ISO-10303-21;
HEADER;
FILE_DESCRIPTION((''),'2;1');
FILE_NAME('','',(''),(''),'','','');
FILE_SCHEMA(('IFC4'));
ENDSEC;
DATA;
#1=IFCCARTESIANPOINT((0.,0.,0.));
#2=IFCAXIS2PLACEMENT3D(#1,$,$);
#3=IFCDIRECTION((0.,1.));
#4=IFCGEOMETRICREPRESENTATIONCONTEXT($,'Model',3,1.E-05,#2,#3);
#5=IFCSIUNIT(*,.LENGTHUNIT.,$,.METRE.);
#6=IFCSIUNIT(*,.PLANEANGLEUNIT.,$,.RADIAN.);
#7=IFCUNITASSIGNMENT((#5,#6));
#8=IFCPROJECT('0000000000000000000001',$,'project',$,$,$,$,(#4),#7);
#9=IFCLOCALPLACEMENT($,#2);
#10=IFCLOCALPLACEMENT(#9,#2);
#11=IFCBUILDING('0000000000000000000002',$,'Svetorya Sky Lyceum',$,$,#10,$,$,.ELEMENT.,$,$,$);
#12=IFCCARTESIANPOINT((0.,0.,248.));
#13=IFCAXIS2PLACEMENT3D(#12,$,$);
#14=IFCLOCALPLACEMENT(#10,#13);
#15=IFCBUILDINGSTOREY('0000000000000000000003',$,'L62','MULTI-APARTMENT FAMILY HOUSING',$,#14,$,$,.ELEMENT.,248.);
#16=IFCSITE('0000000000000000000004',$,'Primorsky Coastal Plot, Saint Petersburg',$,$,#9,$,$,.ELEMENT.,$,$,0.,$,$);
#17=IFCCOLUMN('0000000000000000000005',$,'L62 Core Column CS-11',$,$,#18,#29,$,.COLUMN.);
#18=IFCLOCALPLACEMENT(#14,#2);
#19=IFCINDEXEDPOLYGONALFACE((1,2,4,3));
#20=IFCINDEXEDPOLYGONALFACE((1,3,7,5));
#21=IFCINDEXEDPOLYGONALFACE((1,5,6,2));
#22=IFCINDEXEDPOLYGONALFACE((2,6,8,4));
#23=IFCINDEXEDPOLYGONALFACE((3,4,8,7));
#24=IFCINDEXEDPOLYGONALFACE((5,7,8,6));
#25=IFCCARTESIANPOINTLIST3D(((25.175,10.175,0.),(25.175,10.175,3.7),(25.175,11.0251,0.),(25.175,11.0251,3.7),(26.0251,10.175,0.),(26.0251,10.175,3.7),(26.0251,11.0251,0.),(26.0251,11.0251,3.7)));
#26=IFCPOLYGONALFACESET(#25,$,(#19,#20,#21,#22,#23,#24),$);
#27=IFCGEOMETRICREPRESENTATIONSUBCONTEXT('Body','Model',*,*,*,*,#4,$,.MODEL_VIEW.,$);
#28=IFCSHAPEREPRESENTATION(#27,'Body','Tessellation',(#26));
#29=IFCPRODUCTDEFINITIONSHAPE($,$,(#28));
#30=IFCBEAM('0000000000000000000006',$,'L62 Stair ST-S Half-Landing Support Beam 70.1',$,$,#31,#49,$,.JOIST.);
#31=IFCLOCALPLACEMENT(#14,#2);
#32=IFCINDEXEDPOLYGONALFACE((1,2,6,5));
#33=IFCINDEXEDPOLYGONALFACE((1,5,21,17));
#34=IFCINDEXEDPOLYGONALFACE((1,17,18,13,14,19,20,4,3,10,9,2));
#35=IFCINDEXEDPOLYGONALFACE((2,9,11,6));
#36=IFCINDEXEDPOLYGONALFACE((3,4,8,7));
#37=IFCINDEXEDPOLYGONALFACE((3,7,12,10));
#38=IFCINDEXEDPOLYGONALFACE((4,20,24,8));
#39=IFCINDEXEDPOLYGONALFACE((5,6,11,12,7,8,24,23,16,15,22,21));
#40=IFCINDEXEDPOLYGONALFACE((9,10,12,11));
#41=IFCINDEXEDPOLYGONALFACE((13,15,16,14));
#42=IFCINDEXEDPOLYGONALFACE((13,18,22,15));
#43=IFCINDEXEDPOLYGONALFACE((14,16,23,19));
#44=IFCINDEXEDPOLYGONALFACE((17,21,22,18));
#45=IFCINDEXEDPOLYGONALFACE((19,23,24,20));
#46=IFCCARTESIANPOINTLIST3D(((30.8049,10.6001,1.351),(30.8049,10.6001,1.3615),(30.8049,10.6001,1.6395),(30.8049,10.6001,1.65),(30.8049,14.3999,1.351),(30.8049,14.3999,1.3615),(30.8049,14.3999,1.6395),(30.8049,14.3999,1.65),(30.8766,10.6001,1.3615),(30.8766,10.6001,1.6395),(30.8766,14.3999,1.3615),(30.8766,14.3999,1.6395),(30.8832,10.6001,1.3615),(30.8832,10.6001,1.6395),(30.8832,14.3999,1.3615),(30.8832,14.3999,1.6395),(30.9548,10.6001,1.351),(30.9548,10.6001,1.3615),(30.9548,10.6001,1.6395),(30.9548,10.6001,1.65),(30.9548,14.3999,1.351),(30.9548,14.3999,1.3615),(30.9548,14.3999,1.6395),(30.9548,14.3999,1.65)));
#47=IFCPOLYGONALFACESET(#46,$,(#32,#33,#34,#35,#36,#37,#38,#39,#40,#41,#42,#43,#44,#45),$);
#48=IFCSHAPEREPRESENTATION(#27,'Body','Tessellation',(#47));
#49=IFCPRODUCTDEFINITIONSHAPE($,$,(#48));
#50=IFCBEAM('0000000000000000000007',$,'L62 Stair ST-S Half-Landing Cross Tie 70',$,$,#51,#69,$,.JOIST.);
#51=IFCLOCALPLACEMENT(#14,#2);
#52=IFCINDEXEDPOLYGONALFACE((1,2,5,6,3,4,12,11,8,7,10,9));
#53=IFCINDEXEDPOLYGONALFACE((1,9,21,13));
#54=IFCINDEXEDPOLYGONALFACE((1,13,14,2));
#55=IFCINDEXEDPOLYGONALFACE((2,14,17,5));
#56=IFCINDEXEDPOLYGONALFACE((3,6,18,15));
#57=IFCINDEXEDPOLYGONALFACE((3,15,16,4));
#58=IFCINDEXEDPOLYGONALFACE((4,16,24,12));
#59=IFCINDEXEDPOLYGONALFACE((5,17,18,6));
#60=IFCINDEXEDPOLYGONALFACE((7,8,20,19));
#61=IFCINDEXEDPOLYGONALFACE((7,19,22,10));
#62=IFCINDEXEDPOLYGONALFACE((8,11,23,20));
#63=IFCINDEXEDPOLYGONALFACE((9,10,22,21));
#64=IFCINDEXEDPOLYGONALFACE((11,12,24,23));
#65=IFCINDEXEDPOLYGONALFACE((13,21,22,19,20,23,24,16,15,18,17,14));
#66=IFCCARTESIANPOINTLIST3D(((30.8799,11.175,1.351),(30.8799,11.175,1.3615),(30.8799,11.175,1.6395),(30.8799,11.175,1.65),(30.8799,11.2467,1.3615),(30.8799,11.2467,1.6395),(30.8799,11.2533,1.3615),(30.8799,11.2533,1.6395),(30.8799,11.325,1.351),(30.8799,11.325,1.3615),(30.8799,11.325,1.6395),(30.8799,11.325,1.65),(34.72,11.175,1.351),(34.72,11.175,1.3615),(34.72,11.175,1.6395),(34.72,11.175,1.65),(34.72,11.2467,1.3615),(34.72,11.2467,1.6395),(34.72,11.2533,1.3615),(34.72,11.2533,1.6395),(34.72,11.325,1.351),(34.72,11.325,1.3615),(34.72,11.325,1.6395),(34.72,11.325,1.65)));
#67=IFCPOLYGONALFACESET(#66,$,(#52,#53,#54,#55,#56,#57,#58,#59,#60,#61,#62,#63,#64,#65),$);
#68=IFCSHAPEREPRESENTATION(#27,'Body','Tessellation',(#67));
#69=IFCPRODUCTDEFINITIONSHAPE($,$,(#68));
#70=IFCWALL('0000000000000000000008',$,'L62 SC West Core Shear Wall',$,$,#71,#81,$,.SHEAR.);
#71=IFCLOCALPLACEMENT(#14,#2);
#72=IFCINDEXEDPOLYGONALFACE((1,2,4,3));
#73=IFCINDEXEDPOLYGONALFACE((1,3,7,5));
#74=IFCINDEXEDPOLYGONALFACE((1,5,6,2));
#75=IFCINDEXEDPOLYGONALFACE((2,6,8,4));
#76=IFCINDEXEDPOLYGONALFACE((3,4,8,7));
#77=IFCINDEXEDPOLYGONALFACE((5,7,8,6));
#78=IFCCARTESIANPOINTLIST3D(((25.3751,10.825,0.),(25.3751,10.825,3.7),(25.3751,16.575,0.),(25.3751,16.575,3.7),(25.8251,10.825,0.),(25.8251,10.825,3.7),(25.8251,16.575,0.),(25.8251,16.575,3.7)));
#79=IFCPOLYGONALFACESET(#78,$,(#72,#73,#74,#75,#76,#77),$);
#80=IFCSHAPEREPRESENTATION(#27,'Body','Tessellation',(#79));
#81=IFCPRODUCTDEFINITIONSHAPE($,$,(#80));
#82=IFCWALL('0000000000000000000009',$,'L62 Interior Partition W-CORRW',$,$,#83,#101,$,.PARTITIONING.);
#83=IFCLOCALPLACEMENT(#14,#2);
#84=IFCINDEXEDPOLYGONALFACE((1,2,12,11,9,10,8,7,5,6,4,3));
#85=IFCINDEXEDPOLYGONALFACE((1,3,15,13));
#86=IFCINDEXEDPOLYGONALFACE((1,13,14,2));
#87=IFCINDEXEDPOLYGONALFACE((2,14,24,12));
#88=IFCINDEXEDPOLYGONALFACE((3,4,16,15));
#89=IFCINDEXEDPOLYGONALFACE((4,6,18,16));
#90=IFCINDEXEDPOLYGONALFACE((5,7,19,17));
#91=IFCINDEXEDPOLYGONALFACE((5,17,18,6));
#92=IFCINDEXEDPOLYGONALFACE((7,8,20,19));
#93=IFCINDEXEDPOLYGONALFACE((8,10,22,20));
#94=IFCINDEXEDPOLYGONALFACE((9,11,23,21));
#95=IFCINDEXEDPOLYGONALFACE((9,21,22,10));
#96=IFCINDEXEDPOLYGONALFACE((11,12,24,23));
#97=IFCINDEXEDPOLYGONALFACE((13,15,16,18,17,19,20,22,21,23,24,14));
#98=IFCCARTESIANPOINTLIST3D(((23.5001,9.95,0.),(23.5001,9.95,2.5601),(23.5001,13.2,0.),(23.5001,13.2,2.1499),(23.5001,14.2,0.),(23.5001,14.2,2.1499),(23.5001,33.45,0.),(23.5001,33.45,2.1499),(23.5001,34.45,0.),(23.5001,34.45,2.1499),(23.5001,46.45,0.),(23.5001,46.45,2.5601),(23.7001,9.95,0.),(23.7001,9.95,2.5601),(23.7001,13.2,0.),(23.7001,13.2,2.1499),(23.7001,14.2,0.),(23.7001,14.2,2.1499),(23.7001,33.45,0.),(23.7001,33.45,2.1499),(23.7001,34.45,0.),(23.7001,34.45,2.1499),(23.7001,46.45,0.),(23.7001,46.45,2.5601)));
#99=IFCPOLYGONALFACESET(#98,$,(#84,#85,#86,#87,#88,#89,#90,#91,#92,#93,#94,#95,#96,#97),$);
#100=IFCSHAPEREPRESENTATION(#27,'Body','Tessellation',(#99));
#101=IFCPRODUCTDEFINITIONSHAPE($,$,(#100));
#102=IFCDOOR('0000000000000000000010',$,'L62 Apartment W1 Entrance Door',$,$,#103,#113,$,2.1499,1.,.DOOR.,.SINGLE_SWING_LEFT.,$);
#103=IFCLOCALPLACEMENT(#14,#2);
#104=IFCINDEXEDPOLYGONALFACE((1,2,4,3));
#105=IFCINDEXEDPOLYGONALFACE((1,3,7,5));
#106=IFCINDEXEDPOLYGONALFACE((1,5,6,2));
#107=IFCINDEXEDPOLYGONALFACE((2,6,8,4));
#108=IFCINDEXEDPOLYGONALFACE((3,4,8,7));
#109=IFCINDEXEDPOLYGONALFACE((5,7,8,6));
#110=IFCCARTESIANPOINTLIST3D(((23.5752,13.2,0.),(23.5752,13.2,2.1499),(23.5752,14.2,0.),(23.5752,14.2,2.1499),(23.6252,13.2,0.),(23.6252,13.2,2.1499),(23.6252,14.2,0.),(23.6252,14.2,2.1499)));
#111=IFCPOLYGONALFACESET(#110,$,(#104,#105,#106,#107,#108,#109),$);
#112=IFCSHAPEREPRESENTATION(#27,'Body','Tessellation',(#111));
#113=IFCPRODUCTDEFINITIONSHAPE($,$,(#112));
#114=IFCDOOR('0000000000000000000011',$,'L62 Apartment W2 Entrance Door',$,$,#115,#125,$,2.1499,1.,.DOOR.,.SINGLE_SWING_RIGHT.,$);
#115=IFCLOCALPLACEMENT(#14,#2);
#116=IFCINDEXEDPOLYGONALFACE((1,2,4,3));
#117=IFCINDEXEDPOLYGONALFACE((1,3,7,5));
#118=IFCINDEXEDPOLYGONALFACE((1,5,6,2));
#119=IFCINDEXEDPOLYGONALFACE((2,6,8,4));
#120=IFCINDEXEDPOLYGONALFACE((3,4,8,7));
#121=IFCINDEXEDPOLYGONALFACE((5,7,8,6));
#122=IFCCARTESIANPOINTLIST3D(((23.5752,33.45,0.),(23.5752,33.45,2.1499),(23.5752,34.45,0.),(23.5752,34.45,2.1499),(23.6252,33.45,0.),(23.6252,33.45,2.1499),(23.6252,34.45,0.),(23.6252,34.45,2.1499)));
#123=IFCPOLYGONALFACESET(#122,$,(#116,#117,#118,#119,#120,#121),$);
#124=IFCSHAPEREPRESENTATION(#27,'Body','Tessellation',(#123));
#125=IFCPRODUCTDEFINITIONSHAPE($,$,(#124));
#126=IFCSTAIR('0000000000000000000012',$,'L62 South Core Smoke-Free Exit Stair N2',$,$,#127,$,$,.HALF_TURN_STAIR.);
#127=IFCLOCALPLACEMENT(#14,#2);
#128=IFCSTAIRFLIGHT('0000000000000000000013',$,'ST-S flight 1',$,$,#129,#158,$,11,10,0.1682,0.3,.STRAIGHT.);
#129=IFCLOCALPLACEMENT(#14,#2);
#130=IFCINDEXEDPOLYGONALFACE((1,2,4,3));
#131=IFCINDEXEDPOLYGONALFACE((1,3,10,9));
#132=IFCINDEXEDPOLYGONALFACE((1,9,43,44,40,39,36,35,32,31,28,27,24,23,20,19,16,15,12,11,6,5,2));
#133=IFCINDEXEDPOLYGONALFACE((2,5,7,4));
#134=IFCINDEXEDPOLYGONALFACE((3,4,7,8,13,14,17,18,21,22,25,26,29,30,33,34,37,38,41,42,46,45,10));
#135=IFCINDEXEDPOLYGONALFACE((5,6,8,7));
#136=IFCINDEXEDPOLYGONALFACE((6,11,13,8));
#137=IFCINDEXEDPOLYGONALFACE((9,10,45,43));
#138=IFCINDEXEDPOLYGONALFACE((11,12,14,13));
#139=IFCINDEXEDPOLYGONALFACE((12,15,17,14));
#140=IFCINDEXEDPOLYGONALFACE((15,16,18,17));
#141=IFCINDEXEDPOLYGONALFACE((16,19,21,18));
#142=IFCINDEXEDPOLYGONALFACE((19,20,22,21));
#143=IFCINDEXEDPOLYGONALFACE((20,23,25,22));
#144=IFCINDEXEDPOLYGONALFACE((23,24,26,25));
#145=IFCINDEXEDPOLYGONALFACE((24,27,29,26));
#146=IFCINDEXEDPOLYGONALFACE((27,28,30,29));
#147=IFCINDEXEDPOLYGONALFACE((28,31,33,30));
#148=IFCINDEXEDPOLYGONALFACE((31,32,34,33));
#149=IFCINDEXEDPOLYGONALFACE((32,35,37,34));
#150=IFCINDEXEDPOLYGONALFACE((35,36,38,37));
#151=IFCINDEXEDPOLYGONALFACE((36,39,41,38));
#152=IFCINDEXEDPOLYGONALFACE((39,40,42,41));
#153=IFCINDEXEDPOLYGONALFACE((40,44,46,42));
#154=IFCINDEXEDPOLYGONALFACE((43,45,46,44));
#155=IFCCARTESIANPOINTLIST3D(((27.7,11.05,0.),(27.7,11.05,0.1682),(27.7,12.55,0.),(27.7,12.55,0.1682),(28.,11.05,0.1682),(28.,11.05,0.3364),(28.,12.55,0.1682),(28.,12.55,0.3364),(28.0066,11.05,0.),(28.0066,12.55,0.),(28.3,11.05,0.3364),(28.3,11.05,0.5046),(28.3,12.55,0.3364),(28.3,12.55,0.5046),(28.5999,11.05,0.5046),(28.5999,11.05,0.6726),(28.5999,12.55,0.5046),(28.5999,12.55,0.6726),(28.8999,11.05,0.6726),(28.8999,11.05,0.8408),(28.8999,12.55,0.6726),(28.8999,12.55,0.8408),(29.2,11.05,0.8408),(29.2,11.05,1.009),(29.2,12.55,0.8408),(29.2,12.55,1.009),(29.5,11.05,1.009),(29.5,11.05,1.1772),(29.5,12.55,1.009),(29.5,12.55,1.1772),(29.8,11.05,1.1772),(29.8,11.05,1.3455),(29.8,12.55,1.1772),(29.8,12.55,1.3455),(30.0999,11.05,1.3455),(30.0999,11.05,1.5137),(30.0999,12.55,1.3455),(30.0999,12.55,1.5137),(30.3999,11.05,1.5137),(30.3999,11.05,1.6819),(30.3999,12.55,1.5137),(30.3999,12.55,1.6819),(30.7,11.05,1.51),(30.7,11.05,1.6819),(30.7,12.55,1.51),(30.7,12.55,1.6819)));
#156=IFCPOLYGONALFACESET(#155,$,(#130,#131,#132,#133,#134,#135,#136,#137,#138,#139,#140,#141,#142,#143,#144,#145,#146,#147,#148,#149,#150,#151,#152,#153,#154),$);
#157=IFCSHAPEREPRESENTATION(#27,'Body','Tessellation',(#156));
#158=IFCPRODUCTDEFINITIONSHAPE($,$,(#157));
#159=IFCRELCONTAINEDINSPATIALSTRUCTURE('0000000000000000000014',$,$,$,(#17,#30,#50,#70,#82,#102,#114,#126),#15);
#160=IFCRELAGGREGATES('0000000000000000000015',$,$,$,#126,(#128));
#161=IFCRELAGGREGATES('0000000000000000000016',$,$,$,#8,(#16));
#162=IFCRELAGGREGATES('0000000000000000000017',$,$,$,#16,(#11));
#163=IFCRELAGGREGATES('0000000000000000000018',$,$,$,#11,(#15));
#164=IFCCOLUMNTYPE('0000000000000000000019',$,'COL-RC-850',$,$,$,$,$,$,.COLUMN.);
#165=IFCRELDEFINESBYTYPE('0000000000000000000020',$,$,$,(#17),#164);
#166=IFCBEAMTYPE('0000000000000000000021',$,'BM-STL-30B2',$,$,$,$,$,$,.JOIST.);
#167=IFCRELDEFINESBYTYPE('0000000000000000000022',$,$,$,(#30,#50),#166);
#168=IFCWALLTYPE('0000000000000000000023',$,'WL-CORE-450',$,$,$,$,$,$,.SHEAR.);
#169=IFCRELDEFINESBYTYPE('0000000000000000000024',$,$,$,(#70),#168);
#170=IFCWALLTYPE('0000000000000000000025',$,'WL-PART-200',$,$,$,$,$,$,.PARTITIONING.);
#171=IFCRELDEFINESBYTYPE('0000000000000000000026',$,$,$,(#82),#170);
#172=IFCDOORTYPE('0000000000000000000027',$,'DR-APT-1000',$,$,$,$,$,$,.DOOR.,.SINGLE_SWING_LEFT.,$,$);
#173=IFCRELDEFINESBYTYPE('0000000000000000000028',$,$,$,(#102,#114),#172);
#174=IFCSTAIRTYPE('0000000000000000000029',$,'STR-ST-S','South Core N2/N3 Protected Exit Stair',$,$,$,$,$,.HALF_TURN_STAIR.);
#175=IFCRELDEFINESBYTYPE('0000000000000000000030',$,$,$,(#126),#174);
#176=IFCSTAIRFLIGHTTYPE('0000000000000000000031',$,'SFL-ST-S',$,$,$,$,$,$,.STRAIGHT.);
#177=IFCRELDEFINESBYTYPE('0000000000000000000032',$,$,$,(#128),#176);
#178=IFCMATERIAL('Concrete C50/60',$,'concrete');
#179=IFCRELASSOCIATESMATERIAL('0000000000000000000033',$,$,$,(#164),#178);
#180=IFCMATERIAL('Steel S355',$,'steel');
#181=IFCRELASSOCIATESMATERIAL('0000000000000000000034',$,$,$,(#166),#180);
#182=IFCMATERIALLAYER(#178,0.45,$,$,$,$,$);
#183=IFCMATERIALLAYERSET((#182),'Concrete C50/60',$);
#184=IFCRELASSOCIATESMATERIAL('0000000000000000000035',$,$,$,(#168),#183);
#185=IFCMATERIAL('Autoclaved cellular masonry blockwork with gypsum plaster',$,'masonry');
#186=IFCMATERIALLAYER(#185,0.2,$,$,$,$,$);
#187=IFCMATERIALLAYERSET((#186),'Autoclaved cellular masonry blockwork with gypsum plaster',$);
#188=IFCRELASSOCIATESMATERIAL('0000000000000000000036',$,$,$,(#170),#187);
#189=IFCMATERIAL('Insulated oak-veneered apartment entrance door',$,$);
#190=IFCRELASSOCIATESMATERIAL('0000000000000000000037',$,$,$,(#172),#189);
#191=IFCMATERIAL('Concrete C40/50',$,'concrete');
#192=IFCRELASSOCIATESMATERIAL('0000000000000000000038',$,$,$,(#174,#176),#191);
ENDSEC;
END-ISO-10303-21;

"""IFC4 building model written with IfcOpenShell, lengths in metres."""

from ifc_helpers import new_model, si_unit, direction, frame, frame_2d, origin, origin_2d, place, context, subcontext, project, spatial, polyline, rectangle, i_section, outline, extrude, material, layer, layer_set, material_profile, profile_set, type_object, element, fill, aggregate, save


model = new_model("IFC4")

# Units and contexts
model_context = context("Model", 3, precision=1e-05, world=origin(), true_north=direction((0.0, 1.0)))
body_context = subcontext(model_context, "Body", "Model", "MODEL_VIEW")
ifc_project = project(units=[si_unit("LENGTHUNIT", "METRE"), si_unit("PLANEANGLEUNIT", "RADIAN")], contexts=[model_context])

# Site, building, storey
site_placement = place(None, origin())
site = spatial("IfcSite", under=ifc_project, at=site_placement, Name="Primorsky Coastal Plot, Saint Petersburg", CompositionType="ELEMENT", RefElevation=0.0)
building_placement = place(site_placement, origin())
building = spatial("IfcBuilding", under=site, at=building_placement, Name="Svetorya Sky Lyceum", CompositionType="ELEMENT")
storey_placement = place(building_placement, frame((0.0, 0.0, 248.0)))
storey = spatial("IfcBuildingStorey", under=building, at=storey_placement, Name="L62", Description="MULTI-APARTMENT FAMILY HOUSING", CompositionType="ELEMENT", Elevation=248.0)

# Column
ifc_material_1 = material(Name="Concrete C50/60", Category="concrete")
ifc_material_profile_1 = material_profile(ifc_material_1, rectangle(XDim=0.8501, YDim=0.8501, at=origin_2d()), Name="RC COL 850x850")
ifc_profile_set_1 = profile_set([ifc_material_profile_1], Name="Concrete C50/60")
column_type = type_object("IfcColumnType", Name="COL-RC-850", PredefinedType="COLUMN", material=ifc_profile_set_1)
column_placement = place(storey_placement, frame((25.6001, 10.6001, 0.0), z_axis=(0.0, 0.0, 1.0), x_axis=(1.0, 0.0, 0.0)))
element("IfcColumn", 1, at=column_placement, inside=storey, type_object=column_type, Name="L62 Core Column CS-11", PredefinedType="COLUMN", context=body_context, shape_type="SweptSolid", body=[
    extrude(rectangle(XDim=0.8501, YDim=0.8501, at=origin_2d()), origin(), (0.0, 0.0, 1.0), 3.7),
])

# Beams
ifc_material_2 = material(Name="Steel S355", Category="steel")
ifc_material_profile_2 = material_profile(ifc_material_2, i_section(OverallWidth=0.1499, OverallDepth=0.2991, WebThickness=0.0066, FlangeThickness=0.0105, at=origin_2d()), Name="GOST 30B2")
ifc_profile_set_2 = profile_set([ifc_material_profile_2], Name="Steel S355")
beam_type = type_object("IfcBeamType", Name="BM-STL-30B2", PredefinedType="JOIST", material=ifc_profile_set_2)
beam_1_placement = place(storey_placement, frame((30.8799, 10.6001, 1.5005), z_axis=(0.0, 1.0, 0.0), x_axis=(-1.0, 0.0, 0.0)))
element("IfcBeam", 2, at=beam_1_placement, inside=storey, type_object=beam_type, Name="L62 Stair ST-S Half-Landing Support Beam 70.1", PredefinedType="JOIST", context=body_context, shape_type="SweptSolid", body=[
    extrude(i_section(OverallWidth=0.1499, OverallDepth=0.2991, WebThickness=0.0066, FlangeThickness=0.0105, at=origin_2d()), origin(), (0.0, 0.0, 1.0), 3.7998),
])
beam_2_placement = place(storey_placement, frame((30.8799, 11.25, 1.5005), z_axis=(1.0, 0.0, 0.0), x_axis=(0.0, 1.0, 0.0)))
element("IfcBeam", 3, at=beam_2_placement, inside=storey, type_object=beam_type, Name="L62 Stair ST-S Half-Landing Cross Tie 70", PredefinedType="JOIST", context=body_context, shape_type="SweptSolid", body=[
    extrude(i_section(OverallWidth=0.1499, OverallDepth=0.2991, WebThickness=0.0066, FlangeThickness=0.0105, at=origin_2d()), origin(), (0.0, 0.0, 1.0), 3.8401),
])

# Wall
ifc_layer_1 = layer(ifc_material_1, 0.45)
ifc_layer_set_1 = layer_set([ifc_layer_1], Name="Concrete C50/60")
wall_type_1 = type_object("IfcWallType", Name="WL-CORE-450", PredefinedType="SHEAR", material=ifc_layer_set_1)
wall_1_placement = place(storey_placement, frame((25.6001, 10.825, 0.0), z_axis=(0.0, 0.0, 1.0), x_axis=(0.0, 1.0, 0.0)))
element("IfcWall", 4, at=wall_1_placement, inside=storey, type_object=wall_type_1, Name="L62 SC West Core Shear Wall", PredefinedType="SHEAR", context=body_context, shape_type="SweptSolid", body=[
    extrude(rectangle(XDim=5.75, YDim=0.45, at=frame_2d((2.875, 0.0))), origin(), (0.0, 0.0, 1.0), 3.7),
])

# Wall, openings, doors
ifc_material_3 = material(Name="Autoclaved cellular masonry blockwork with gypsum plaster", Category="masonry")
ifc_layer_2 = layer(ifc_material_3, 0.2)
ifc_layer_set_2 = layer_set([ifc_layer_2], Name="Autoclaved cellular masonry blockwork with gypsum plaster")
wall_type_2 = type_object("IfcWallType", Name="WL-PART-200", PredefinedType="PARTITIONING", material=ifc_layer_set_2)
wall_2_placement = place(storey_placement, frame((23.6001, 9.95, 0.0), z_axis=(0.0, 0.0, 1.0), x_axis=(0.0, 1.0, 0.0)))
wall_2 = element("IfcWall", 5, at=wall_2_placement, inside=storey, type_object=wall_type_2, Name="L62 Interior Partition W-CORRW", PredefinedType="PARTITIONING", context=body_context, shape_type="SweptSolid", body=[
    extrude(rectangle(XDim=36.5, YDim=0.2, at=frame_2d((18.25, 0.0))), origin(), (0.0, 0.0, 1.0), 2.5601),
])
opening_1_placement = place(wall_2_placement, frame((3.25, 0.0, 0.0)))
opening_1 = element("IfcOpeningElement", 6, at=opening_1_placement, cuts=wall_2, PredefinedType="OPENING", context=body_context, shape_type="SweptSolid", body=[
    extrude(rectangle(XDim=1.0, YDim=2.1499, at=frame_2d((0.5, 1.075))), frame((0.0, 0.1099, 0.0), z_axis=(0.0, -1.0, 0.0), x_axis=(1.0, 0.0, 0.0)), (0.0, 0.0, 1.0), 0.22),
])
opening_2_placement = place(wall_2_placement, frame((23.5, 0.0, 0.0)))
opening_2 = element("IfcOpeningElement", 7, at=opening_2_placement, cuts=wall_2, PredefinedType="OPENING", context=body_context, shape_type="SweptSolid", body=[
    extrude(rectangle(XDim=1.0, YDim=2.1499, at=frame_2d((0.5, 1.075))), frame((0.0, 0.1099, 0.0), z_axis=(0.0, -1.0, 0.0), x_axis=(1.0, 0.0, 0.0)), (0.0, 0.0, 1.0), 0.22),
])
ifc_material_4 = material(Name="Insulated oak-veneered apartment entrance door")
door_type = type_object("IfcDoorType", Name="DR-APT-1000", OperationType="SINGLE_SWING_LEFT", PredefinedType="DOOR", material=ifc_material_4)
door_1_placement = place(opening_1_placement, origin())
door_1 = element("IfcDoor", 8, at=door_1_placement, inside=storey, type_object=door_type, Name="L62 Apartment W1 Entrance Door", OperationType="SINGLE_SWING_LEFT", OverallHeight=2.1499, OverallWidth=1.0, PredefinedType="DOOR", context=body_context, shape_type="SweptSolid", body=[
    extrude(rectangle(XDim=1.0, YDim=2.1499, at=frame_2d((0.5, 1.075))), frame((0.0, 0.0249, 0.0), z_axis=(0.0, -1.0, 0.0), x_axis=(1.0, 0.0, 0.0)), (0.0, 0.0, 1.0), 0.05),
])
fill(opening_1, door_1)
door_2_placement = place(opening_2_placement, origin())
door_2 = element("IfcDoor", 9, at=door_2_placement, inside=storey, type_object=door_type, Name="L62 Apartment W2 Entrance Door", OperationType="SINGLE_SWING_RIGHT", OverallHeight=2.1499, OverallWidth=1.0, PredefinedType="DOOR", context=body_context, shape_type="SweptSolid", body=[
    extrude(rectangle(XDim=1.0, YDim=2.1499, at=frame_2d((0.5, 1.075))), frame((0.0, 0.0249, 0.0), z_axis=(0.0, -1.0, 0.0), x_axis=(1.0, 0.0, 0.0)), (0.0, 0.0, 1.0), 0.05),
])
fill(opening_2, door_2)

# Stair, stair flight
ifc_material_5 = material(Name="Concrete C40/50", Category="concrete")
stair_type = type_object("IfcStairType", Name="STR-ST-S", Description="South Core N2/N3 Protected Exit Stair", PredefinedType="HALF_TURN_STAIR", material=ifc_material_5)
stair_placement = place(storey_placement, origin())
stair = element("IfcStair", 10, at=stair_placement, inside=storey, type_object=stair_type, Name="L62 South Core Smoke-Free Exit Stair N2", PredefinedType="HALF_TURN_STAIR")
stair_flight_type = type_object("IfcStairFlightType", Name="SFL-ST-S", PredefinedType="STRAIGHT", material=ifc_material_5)
stair_flight_placement = place(storey_placement, frame((27.7, 11.8, 0.0), z_axis=(0.0, 0.0, 1.0), x_axis=(1.0, 0.0, 0.0)))
stair_flight = element("IfcStairFlight", 11, at=stair_flight_placement, type_object=stair_flight_type, Name="ST-S flight 1", NumberOfRisers=11, NumberOfTreads=10, PredefinedType="STRAIGHT", RiserHeight=0.1682, TreadLength=0.3, context=body_context, shape_type="SweptSolid", body=[
    extrude(outline(polyline([(0.0, 0.0), (0.0, 0.1682), (0.3, 0.1682), (0.3, 0.3364), (0.6001, 0.3364), (0.6001, 0.5046), (0.8999, 0.5046), (0.8999, 0.6726), (1.2, 0.6726), (1.2, 0.8408), (1.5, 0.8408), (1.5, 1.009), (1.8, 1.009), (1.8, 1.1772), (2.1001, 1.1772), (2.1001, 1.3455), (2.3999, 1.3455), (2.3999, 1.5137), (2.7, 1.5137), (2.7, 1.6819), (3.0, 1.6819), (3.0, 1.8501), (3.0, 1.51), (0.3066, 0.0), (0.0, 0.0)])), frame((0.0, 0.75, 0.0), z_axis=(0.0, -1.0, 0.0), x_axis=(1.0, 0.0, 0.0)), (0.0, 0.0, 1.0), 1.5),
])
aggregate(stair, [stair_flight])

save(model, "model.ifc")
